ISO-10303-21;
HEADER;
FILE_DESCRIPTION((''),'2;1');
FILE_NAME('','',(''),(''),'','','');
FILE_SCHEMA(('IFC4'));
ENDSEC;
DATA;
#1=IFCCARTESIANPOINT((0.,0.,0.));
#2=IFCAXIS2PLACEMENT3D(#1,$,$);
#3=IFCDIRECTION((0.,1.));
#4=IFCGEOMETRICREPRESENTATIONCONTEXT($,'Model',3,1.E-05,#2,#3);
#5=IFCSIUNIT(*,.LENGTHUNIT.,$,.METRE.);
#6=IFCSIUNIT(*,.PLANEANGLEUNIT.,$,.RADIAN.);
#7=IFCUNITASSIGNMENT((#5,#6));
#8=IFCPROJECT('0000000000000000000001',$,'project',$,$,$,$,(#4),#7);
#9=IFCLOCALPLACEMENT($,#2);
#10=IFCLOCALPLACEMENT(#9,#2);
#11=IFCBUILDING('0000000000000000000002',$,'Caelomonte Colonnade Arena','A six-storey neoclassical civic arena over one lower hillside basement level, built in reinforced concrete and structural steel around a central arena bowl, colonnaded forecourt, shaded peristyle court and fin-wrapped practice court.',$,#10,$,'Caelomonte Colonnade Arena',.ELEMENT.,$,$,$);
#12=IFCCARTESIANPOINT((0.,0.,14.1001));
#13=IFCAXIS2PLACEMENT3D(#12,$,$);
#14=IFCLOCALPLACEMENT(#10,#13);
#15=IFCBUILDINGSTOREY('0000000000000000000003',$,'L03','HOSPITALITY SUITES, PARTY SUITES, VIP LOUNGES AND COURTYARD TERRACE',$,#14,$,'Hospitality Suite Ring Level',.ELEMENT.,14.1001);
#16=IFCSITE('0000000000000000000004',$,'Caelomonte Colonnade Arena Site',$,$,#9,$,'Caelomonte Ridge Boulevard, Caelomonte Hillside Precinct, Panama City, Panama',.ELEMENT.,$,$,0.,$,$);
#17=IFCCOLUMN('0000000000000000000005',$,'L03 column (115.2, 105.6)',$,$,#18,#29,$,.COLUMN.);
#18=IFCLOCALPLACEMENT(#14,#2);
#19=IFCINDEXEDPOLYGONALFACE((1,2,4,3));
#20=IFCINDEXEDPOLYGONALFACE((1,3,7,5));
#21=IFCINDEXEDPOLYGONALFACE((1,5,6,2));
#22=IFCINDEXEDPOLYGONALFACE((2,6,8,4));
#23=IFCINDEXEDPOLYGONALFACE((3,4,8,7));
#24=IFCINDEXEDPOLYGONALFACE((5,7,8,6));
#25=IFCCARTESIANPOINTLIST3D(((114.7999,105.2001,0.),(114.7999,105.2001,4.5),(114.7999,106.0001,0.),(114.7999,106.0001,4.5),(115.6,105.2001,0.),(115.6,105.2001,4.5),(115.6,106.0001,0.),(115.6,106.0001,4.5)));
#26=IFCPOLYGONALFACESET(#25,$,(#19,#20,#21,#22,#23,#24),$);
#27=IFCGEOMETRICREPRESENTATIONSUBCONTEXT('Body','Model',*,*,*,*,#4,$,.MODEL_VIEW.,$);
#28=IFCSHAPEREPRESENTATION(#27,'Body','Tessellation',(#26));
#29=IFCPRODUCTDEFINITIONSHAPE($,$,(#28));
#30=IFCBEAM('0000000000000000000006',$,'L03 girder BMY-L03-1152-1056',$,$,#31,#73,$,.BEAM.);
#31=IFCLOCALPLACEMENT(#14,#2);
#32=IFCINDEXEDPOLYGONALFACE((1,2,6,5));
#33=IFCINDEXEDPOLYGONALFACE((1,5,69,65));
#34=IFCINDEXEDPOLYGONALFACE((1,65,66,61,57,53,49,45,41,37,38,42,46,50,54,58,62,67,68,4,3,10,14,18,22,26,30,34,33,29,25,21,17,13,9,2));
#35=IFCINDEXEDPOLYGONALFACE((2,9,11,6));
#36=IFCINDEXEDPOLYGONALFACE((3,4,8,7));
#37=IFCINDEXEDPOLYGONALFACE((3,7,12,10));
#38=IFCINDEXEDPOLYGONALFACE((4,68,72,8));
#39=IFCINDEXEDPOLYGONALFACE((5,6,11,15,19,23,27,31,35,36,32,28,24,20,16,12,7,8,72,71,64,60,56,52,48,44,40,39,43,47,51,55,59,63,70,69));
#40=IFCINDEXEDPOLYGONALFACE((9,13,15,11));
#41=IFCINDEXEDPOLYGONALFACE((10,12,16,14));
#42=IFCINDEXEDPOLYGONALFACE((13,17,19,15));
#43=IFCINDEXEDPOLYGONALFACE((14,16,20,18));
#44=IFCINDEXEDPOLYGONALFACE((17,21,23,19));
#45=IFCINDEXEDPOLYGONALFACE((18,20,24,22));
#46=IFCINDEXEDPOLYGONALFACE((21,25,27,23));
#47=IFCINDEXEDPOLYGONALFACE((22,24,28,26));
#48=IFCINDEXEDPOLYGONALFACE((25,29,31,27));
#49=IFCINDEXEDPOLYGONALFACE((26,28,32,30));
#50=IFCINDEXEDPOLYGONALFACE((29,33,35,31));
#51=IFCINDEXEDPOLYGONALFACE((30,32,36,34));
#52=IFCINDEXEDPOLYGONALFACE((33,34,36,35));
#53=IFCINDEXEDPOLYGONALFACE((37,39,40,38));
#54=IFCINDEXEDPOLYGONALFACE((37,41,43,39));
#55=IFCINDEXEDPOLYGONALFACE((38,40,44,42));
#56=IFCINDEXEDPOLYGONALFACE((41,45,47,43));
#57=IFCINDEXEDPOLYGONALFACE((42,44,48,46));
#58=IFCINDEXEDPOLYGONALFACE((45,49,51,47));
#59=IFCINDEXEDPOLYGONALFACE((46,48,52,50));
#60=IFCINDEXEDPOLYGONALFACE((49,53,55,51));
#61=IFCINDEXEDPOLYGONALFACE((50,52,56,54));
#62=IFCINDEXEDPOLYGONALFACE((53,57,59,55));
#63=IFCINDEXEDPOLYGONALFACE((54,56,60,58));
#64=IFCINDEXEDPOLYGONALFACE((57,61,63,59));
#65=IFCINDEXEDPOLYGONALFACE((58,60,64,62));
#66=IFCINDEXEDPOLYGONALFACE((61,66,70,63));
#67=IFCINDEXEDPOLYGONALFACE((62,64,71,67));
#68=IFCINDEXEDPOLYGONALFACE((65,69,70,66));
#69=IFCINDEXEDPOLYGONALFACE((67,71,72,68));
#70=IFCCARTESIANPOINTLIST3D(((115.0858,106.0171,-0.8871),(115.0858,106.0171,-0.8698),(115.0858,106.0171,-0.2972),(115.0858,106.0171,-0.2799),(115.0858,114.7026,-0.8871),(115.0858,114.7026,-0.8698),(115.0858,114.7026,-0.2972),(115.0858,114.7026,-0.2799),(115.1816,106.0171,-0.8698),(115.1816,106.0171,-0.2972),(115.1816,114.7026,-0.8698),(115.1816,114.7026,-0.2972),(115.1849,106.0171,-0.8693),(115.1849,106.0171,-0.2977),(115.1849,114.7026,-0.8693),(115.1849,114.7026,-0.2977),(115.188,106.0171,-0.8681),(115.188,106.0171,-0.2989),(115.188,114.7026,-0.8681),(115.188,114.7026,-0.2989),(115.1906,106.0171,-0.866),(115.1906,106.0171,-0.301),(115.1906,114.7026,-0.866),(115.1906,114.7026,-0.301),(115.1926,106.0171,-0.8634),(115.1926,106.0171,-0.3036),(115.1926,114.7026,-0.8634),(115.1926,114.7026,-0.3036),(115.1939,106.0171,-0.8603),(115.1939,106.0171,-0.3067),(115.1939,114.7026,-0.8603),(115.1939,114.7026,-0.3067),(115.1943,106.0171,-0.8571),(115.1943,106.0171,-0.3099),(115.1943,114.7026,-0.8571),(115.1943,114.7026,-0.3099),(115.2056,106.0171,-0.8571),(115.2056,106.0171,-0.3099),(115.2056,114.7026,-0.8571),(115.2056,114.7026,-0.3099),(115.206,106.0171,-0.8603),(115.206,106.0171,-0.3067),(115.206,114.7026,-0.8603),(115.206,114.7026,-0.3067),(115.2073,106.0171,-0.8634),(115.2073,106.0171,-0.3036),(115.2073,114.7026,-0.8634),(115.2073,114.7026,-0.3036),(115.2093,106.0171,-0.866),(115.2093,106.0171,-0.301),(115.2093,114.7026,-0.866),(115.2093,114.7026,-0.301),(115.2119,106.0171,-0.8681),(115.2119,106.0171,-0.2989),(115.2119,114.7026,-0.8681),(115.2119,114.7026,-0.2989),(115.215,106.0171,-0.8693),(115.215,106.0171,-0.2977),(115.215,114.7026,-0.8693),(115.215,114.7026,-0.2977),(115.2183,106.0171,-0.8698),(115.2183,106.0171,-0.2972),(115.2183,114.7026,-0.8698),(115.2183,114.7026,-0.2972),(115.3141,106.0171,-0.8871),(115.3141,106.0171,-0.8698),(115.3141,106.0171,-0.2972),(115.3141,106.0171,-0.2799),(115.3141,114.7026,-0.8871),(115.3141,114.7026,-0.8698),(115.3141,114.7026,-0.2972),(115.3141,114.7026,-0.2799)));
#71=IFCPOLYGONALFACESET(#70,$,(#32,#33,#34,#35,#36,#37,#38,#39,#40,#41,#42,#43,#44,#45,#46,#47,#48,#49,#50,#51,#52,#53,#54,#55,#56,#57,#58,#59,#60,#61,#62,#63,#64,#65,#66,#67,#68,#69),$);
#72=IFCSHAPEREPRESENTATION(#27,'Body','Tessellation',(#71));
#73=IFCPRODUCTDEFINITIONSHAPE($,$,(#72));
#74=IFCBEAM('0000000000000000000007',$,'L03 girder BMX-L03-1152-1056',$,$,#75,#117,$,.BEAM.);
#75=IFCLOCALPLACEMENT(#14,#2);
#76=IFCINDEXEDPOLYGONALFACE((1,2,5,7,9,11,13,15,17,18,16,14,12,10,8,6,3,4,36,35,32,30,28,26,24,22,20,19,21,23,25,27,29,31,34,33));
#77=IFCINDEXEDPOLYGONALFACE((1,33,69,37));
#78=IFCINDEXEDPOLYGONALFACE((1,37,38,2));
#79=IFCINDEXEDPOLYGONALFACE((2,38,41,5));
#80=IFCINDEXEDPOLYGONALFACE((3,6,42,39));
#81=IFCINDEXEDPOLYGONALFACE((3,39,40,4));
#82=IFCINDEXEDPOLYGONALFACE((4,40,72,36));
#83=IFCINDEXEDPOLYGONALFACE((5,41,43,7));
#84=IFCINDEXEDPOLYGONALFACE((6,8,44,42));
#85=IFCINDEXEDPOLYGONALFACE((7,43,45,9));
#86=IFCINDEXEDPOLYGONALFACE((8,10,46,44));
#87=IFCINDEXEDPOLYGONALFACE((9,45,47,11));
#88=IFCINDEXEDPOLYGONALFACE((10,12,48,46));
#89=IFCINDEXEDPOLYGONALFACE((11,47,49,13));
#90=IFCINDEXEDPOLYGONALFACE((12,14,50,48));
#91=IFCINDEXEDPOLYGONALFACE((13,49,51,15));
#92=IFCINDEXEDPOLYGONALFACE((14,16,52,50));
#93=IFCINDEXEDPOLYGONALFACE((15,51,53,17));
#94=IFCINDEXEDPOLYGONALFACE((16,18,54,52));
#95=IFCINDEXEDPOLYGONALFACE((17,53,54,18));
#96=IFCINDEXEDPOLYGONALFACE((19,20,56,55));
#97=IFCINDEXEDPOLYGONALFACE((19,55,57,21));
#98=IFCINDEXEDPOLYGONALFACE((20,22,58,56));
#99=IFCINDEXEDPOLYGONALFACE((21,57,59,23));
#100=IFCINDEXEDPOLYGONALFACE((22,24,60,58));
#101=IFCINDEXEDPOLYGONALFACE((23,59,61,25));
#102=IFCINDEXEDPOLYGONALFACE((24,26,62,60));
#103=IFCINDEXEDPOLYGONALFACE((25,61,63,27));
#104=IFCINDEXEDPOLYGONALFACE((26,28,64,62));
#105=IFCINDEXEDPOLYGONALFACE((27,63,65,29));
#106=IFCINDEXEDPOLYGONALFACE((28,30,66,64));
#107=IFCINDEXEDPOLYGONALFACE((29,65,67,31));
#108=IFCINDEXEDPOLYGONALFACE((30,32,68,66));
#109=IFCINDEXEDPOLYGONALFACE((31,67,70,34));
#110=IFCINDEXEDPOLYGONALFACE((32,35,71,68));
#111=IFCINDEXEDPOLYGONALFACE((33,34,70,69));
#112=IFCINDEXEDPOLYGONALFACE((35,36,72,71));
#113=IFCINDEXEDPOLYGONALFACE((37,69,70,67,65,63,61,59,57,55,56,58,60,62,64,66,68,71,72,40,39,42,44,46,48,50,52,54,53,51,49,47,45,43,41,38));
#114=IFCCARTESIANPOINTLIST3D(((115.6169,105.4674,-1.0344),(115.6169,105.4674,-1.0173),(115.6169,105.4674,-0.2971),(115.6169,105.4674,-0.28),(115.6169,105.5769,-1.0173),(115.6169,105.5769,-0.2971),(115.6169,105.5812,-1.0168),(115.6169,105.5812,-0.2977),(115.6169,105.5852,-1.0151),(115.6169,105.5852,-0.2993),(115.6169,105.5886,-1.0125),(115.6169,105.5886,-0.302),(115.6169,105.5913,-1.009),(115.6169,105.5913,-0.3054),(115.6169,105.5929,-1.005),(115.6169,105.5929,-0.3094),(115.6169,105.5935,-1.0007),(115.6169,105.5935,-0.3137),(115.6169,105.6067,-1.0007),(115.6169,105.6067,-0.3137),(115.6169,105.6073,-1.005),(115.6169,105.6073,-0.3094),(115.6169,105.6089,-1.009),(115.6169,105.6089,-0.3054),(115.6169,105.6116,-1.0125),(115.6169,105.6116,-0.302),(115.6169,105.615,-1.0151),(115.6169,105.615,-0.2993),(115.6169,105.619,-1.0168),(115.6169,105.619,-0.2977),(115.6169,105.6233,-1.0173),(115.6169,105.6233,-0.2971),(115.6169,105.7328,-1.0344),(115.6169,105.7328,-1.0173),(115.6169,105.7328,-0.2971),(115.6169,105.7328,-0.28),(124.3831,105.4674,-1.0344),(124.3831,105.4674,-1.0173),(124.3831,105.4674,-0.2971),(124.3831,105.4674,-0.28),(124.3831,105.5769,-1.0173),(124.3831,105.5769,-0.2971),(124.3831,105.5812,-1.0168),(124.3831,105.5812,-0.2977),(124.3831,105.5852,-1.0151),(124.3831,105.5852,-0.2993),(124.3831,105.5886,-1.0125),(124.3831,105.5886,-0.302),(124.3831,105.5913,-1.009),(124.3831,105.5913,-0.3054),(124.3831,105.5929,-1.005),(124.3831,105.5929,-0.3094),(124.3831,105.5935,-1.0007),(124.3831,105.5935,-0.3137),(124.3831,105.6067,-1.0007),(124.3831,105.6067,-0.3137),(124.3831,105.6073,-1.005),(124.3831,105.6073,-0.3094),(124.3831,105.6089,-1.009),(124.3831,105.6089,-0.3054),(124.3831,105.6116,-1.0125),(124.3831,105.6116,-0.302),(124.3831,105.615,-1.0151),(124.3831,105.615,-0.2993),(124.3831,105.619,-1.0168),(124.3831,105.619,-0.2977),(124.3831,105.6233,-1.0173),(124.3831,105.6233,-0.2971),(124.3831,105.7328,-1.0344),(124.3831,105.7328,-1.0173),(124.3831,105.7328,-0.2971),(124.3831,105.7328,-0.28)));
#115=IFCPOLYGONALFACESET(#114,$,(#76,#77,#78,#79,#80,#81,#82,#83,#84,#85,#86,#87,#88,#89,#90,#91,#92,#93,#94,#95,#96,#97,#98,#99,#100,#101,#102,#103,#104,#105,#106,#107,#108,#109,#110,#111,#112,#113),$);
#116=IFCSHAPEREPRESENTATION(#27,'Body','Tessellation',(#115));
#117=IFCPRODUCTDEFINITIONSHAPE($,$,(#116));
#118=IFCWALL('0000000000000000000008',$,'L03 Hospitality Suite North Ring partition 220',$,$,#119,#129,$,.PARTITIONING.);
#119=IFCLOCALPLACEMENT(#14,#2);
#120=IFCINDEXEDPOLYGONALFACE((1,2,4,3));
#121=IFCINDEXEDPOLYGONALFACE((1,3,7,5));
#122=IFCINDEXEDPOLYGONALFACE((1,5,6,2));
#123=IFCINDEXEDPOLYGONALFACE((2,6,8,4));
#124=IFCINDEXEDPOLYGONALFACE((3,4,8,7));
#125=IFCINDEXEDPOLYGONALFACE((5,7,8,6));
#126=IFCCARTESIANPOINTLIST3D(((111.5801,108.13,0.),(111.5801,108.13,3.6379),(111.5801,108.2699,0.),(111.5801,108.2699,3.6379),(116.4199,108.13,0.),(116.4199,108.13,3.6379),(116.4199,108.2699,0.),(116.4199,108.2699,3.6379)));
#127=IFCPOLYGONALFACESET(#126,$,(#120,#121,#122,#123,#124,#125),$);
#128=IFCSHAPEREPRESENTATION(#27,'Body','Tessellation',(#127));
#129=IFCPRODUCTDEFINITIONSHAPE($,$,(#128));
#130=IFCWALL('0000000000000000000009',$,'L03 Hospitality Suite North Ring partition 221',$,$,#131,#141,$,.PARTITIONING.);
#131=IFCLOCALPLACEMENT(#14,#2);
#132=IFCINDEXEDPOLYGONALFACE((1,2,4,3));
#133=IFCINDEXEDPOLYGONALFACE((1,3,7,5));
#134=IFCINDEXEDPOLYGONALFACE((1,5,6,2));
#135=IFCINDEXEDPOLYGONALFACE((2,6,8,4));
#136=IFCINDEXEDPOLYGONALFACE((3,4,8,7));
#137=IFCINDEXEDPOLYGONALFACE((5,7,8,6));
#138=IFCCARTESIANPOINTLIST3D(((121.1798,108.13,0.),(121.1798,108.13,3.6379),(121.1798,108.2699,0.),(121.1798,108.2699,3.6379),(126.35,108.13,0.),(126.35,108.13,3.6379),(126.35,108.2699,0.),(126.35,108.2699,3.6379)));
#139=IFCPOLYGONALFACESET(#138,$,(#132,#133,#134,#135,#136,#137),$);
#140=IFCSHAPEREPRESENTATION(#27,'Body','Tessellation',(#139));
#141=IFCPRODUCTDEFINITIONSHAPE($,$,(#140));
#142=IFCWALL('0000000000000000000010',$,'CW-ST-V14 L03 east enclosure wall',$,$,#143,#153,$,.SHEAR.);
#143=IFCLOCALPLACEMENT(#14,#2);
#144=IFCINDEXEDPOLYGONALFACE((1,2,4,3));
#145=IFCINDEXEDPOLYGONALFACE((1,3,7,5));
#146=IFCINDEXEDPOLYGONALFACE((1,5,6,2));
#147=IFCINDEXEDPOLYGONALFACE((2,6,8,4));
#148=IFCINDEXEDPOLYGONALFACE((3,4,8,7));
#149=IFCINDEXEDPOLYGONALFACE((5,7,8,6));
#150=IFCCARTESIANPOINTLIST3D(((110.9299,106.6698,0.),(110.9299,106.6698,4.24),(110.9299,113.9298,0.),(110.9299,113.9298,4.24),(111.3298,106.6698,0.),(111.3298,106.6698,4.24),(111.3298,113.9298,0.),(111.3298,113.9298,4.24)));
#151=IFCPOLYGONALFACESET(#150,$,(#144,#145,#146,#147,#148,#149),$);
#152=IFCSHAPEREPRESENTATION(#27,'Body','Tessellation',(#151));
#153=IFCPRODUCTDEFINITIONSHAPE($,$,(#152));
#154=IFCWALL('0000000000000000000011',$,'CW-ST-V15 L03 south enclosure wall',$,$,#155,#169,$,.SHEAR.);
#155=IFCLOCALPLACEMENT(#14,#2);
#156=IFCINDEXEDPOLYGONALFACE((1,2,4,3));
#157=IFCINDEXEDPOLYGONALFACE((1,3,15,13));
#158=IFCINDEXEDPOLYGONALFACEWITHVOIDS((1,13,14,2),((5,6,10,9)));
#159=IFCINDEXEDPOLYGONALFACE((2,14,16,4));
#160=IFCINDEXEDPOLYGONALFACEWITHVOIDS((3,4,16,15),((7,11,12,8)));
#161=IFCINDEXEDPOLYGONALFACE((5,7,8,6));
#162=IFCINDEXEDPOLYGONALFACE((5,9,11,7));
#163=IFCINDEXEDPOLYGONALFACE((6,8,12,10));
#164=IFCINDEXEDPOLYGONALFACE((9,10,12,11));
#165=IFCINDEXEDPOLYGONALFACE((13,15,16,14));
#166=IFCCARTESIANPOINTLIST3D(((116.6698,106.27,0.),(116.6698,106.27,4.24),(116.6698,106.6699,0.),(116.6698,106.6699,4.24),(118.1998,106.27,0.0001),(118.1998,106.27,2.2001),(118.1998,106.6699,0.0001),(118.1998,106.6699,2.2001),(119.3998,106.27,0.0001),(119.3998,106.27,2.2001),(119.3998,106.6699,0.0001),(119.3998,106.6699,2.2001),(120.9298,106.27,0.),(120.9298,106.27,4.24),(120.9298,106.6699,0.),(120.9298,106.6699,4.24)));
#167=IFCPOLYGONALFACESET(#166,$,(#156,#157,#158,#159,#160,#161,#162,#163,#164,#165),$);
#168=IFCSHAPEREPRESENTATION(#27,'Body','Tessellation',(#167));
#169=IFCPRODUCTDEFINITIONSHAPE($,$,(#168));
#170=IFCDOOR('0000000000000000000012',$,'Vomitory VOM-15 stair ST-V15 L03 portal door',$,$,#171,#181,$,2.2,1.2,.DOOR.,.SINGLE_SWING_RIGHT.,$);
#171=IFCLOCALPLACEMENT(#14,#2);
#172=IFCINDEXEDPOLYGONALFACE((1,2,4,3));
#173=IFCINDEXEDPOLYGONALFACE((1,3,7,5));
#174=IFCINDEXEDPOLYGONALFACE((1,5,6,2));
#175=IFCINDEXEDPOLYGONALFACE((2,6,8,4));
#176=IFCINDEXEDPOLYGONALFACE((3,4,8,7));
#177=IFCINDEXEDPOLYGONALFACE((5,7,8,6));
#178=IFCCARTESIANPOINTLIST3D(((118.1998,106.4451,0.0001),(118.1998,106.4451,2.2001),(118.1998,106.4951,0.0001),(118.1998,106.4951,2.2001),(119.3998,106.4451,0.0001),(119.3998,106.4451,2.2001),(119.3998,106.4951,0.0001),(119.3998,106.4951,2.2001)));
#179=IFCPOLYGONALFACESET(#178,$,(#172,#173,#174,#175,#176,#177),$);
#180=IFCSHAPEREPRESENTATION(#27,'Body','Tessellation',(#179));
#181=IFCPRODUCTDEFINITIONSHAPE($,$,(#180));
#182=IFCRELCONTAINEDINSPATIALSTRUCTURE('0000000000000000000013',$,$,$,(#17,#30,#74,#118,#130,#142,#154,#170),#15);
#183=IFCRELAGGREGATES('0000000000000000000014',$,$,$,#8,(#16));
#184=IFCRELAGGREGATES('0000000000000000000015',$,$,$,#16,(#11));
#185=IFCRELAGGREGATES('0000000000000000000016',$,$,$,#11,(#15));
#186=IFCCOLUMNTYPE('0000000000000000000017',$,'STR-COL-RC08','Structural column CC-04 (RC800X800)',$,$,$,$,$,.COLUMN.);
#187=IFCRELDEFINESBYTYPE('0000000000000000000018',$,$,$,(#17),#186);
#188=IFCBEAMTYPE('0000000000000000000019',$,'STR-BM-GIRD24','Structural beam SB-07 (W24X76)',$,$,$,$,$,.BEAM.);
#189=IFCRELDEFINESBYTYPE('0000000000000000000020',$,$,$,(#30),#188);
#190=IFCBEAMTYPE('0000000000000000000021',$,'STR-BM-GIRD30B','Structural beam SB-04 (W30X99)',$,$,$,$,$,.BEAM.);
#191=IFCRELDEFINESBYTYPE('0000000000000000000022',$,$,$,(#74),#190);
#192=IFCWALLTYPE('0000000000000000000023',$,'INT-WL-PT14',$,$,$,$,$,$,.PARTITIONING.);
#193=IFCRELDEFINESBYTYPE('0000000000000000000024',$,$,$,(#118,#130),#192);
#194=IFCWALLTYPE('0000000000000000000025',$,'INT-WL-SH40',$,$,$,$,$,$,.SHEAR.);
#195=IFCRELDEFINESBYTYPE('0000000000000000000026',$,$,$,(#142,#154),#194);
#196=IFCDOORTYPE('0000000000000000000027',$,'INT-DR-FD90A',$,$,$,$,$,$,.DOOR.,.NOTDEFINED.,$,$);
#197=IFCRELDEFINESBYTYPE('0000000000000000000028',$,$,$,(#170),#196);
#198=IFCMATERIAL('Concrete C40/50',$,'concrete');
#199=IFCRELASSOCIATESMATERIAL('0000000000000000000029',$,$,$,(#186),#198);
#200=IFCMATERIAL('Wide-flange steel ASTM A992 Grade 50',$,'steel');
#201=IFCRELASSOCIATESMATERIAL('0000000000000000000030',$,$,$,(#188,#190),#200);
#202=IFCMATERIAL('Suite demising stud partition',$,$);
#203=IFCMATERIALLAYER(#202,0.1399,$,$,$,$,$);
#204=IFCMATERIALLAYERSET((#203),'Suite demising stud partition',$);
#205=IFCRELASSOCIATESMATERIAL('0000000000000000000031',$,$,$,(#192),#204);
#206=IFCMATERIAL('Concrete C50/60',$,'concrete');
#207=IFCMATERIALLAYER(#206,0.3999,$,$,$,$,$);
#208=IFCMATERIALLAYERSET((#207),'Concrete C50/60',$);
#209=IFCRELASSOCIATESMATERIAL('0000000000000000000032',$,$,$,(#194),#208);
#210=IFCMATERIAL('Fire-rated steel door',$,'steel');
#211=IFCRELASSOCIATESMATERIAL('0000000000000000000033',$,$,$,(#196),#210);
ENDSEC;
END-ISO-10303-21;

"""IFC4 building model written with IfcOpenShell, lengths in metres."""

from ifc_helpers import new_model, si_unit, direction, frame, frame_2d, origin, origin_2d, place, context, subcontext, project, spatial, rectangle, i_section, extrude, material, layer, layer_set, material_profile, profile_set, type_object, element, fill, save


model = new_model("IFC4")

# Units and contexts
model_context = context("Model", 3, precision=1e-05, world=origin(), true_north=direction((0.0, 1.0)))
body_context = subcontext(model_context, "Body", "Model", "MODEL_VIEW")
ifc_project = project(units=[si_unit("LENGTHUNIT", "METRE"), si_unit("PLANEANGLEUNIT", "RADIAN")], contexts=[model_context])

# Site, building, storey
site_placement = place(None, origin())
site = spatial("IfcSite", under=ifc_project, at=site_placement, Name="Caelomonte Colonnade Arena Site", LongName="Caelomonte Ridge Boulevard, Caelomonte Hillside Precinct, Panama City, Panama", CompositionType="ELEMENT", RefElevation=0.0)
building_placement = place(site_placement, origin())
building = spatial("IfcBuilding", under=site, at=building_placement, Name="Caelomonte Colonnade Arena", Description="A six-storey neoclassical civic arena over one lower hillside basement level, built in reinforced concrete and structural steel around a central arena bowl, colonnaded forecourt, shaded peristyle court and fin-wrapped practice court.", LongName="Caelomonte Colonnade Arena", CompositionType="ELEMENT")
storey_placement = place(building_placement, frame((0.0, 0.0, 14.1001)))
storey = spatial("IfcBuildingStorey", under=building, at=storey_placement, Name="L03", Description="HOSPITALITY SUITES, PARTY SUITES, VIP LOUNGES AND COURTYARD TERRACE", LongName="Hospitality Suite Ring Level", CompositionType="ELEMENT", Elevation=14.1001)

# Column
ifc_material_1 = material(Name="Concrete C40/50", Category="concrete")
ifc_material_profile_1 = material_profile(ifc_material_1, rectangle(XDim=0.8, YDim=0.8, at=origin_2d()), Name="RC800X800")
ifc_profile_set_1 = profile_set([ifc_material_profile_1], Name="Concrete C40/50")
column_type = type_object("IfcColumnType", Name="STR-COL-RC08", Description="Structural column CC-04 (RC800X800)", PredefinedType="COLUMN", material=ifc_profile_set_1)
column_placement = place(storey_placement, frame((115.2, 105.6001, 0.0), z_axis=(0.0, 0.0, 1.0), x_axis=(1.0, 0.0, 0.0)))
element("IfcColumn", 1, at=column_placement, inside=storey, type_object=column_type, Name="L03 column (115.2, 105.6)", PredefinedType="COLUMN", context=body_context, shape_type="SweptSolid", body=[
    extrude(rectangle(XDim=0.8, YDim=0.8, at=origin_2d()), origin(), (0.0, 0.0, 1.0), 4.5),
])

# Beams
ifc_material_2 = material(Name="Wide-flange steel ASTM A992 Grade 50", Category="steel")
ifc_material_profile_2 = material_profile(ifc_material_2, i_section(OverallWidth=0.2283, OverallDepth=0.6072, WebThickness=0.0112, FlangeThickness=0.0173, FilletRadius=0.0127, at=origin_2d()), Name="W24X76")
ifc_profile_set_2 = profile_set([ifc_material_profile_2], Name="Wide-flange steel ASTM A992 Grade 50")
beam_type_1 = type_object("IfcBeamType", Name="STR-BM-GIRD24", Description="Structural beam SB-07 (W24X76)", PredefinedType="BEAM", material=ifc_profile_set_2)
beam_1_placement = place(storey_placement, frame((115.2, 106.0171, -0.5835), z_axis=(0.0, 1.0, 0.0), x_axis=(-1.0, 0.0, 0.0)))
element("IfcBeam", 2, at=beam_1_placement, inside=storey, type_object=beam_type_1, Name="L03 girder BMY-L03-1152-1056", PredefinedType="BEAM", context=body_context, shape_type="SweptSolid", body=[
    extrude(i_section(OverallWidth=0.2283, OverallDepth=0.6072, WebThickness=0.0112, FlangeThickness=0.0173, FilletRadius=0.0127, at=origin_2d()), origin(), (0.0, 0.0, 1.0), 8.6855),
])
ifc_material_profile_3 = material_profile(ifc_material_2, i_section(OverallWidth=0.2654, OverallDepth=0.7544, WebThickness=0.0132, FlangeThickness=0.0171, FilletRadius=0.0166, at=origin_2d()), Name="W30X99")
ifc_profile_set_3 = profile_set([ifc_material_profile_3], Name="Wide-flange steel ASTM A992 Grade 50")
beam_type_2 = type_object("IfcBeamType", Name="STR-BM-GIRD30B", Description="Structural beam SB-04 (W30X99)", PredefinedType="BEAM", material=ifc_profile_set_3)
beam_2_placement = place(storey_placement, frame((115.6169, 105.6001, -0.6572), z_axis=(1.0, 0.0, 0.0), x_axis=(0.0, 1.0, 0.0)))
element("IfcBeam", 3, at=beam_2_placement, inside=storey, type_object=beam_type_2, Name="L03 girder BMX-L03-1152-1056", PredefinedType="BEAM", context=body_context, shape_type="SweptSolid", body=[
    extrude(i_section(OverallWidth=0.2654, OverallDepth=0.7544, WebThickness=0.0132, FlangeThickness=0.0171, FilletRadius=0.0166, at=origin_2d()), origin(), (0.0, 0.0, 1.0), 8.7661),
])

# Walls
ifc_material_3 = material(Name="Suite demising stud partition")
ifc_layer_1 = layer(ifc_material_3, 0.1399)
ifc_layer_set_1 = layer_set([ifc_layer_1], Name="Suite demising stud partition")
wall_type_1 = type_object("IfcWallType", Name="INT-WL-PT14", PredefinedType="PARTITIONING", material=ifc_layer_set_1)
wall_1_placement = place(storey_placement, frame((111.5801, 108.2, 0.0), z_axis=(0.0, 0.0, 1.0), x_axis=(1.0, 0.0, 0.0)))
element("IfcWall", 4, at=wall_1_placement, inside=storey, type_object=wall_type_1, Name="L03 Hospitality Suite North Ring partition 220", PredefinedType="PARTITIONING", context=body_context, shape_type="SweptSolid", body=[
    extrude(rectangle(XDim=4.8398, YDim=0.1399, at=frame_2d((2.4199, 0.0))), origin(), (0.0, 0.0, 1.0), 3.6379),
])
wall_2_placement = place(storey_placement, frame((121.1799, 108.2, 0.0), z_axis=(0.0, 0.0, 1.0), x_axis=(1.0, 0.0, 0.0)))
element("IfcWall", 5, at=wall_2_placement, inside=storey, type_object=wall_type_1, Name="L03 Hospitality Suite North Ring partition 221", PredefinedType="PARTITIONING", context=body_context, shape_type="SweptSolid", body=[
    extrude(rectangle(XDim=5.1702, YDim=0.1399, at=frame_2d((2.585, 0.0))), origin(), (0.0, 0.0, 1.0), 3.6379),
])
ifc_material_4 = material(Name="Concrete C50/60", Category="concrete")
ifc_layer_2 = layer(ifc_material_4, 0.3999)
ifc_layer_set_2 = layer_set([ifc_layer_2], Name="Concrete C50/60")
wall_type_2 = type_object("IfcWallType", Name="INT-WL-SH40", PredefinedType="SHEAR", material=ifc_layer_set_2)
wall_3_placement = place(storey_placement, frame((111.1299, 106.6699, 0.0), z_axis=(0.0, 0.0, 1.0), x_axis=(0.0, 1.0, 0.0)))
element("IfcWall", 6, at=wall_3_placement, inside=storey, type_object=wall_type_2, Name="CW-ST-V14 L03 east enclosure wall", PredefinedType="SHEAR", context=body_context, shape_type="SweptSolid", body=[
    extrude(rectangle(XDim=7.26, YDim=0.3999, at=frame_2d((3.6299, 0.0))), origin(), (0.0, 0.0, 1.0), 4.24),
])

# Wall, opening, door
wall_4_placement = place(storey_placement, frame((116.6699, 106.47, 0.0), z_axis=(0.0, 0.0, 1.0), x_axis=(1.0, 0.0, 0.0)))
wall_4 = element("IfcWall", 7, at=wall_4_placement, inside=storey, type_object=wall_type_2, Name="CW-ST-V15 L03 south enclosure wall", PredefinedType="SHEAR", context=body_context, shape_type="SweptSolid", body=[
    extrude(rectangle(XDim=4.26, YDim=0.3999, at=frame_2d((2.1299, 0.0))), origin(), (0.0, 0.0, 1.0), 4.24),
])
opening_placement = place(wall_4_placement, frame((2.73, 0.0, 0.0), z_axis=(0.0, 0.0, 1.0), x_axis=(-1.0, 0.0, 0.0)))
opening = element("IfcOpeningElement", 8, at=opening_placement, cuts=wall_4, PredefinedType="OPENING", context=body_context, shape_type="SweptSolid", body=[
    extrude(rectangle(XDim=1.2, YDim=2.2, at=frame_2d((0.6001, 1.1001))), frame((0.0, 0.21, 0.0), z_axis=(0.0, -1.0, 0.0), x_axis=(1.0, 0.0, 0.0)), (0.0, 0.0, 1.0), 0.4199),
])
ifc_material_5 = material(Name="Fire-rated steel door", Category="steel")
door_type = type_object("IfcDoorType", Name="INT-DR-FD90A", OperationType="NOTDEFINED", PredefinedType="DOOR", material=ifc_material_5)
door_placement = place(opening_placement, origin())
door = element("IfcDoor", 9, at=door_placement, inside=storey, type_object=door_type, Name="Vomitory VOM-15 stair ST-V15 L03 portal door", OperationType="SINGLE_SWING_RIGHT", OverallHeight=2.2, OverallWidth=1.2, PredefinedType="DOOR", context=body_context, shape_type="SweptSolid", body=[
    extrude(rectangle(XDim=1.2, YDim=2.2, at=frame_2d((0.6001, 1.1001))), frame((0.0, 0.0249, 0.0), z_axis=(0.0, -1.0, 0.0), x_axis=(1.0, 0.0, 0.0)), (0.0, 0.0, 1.0), 0.05),
])
fill(opening, door)

save(model, "model.ifc")
